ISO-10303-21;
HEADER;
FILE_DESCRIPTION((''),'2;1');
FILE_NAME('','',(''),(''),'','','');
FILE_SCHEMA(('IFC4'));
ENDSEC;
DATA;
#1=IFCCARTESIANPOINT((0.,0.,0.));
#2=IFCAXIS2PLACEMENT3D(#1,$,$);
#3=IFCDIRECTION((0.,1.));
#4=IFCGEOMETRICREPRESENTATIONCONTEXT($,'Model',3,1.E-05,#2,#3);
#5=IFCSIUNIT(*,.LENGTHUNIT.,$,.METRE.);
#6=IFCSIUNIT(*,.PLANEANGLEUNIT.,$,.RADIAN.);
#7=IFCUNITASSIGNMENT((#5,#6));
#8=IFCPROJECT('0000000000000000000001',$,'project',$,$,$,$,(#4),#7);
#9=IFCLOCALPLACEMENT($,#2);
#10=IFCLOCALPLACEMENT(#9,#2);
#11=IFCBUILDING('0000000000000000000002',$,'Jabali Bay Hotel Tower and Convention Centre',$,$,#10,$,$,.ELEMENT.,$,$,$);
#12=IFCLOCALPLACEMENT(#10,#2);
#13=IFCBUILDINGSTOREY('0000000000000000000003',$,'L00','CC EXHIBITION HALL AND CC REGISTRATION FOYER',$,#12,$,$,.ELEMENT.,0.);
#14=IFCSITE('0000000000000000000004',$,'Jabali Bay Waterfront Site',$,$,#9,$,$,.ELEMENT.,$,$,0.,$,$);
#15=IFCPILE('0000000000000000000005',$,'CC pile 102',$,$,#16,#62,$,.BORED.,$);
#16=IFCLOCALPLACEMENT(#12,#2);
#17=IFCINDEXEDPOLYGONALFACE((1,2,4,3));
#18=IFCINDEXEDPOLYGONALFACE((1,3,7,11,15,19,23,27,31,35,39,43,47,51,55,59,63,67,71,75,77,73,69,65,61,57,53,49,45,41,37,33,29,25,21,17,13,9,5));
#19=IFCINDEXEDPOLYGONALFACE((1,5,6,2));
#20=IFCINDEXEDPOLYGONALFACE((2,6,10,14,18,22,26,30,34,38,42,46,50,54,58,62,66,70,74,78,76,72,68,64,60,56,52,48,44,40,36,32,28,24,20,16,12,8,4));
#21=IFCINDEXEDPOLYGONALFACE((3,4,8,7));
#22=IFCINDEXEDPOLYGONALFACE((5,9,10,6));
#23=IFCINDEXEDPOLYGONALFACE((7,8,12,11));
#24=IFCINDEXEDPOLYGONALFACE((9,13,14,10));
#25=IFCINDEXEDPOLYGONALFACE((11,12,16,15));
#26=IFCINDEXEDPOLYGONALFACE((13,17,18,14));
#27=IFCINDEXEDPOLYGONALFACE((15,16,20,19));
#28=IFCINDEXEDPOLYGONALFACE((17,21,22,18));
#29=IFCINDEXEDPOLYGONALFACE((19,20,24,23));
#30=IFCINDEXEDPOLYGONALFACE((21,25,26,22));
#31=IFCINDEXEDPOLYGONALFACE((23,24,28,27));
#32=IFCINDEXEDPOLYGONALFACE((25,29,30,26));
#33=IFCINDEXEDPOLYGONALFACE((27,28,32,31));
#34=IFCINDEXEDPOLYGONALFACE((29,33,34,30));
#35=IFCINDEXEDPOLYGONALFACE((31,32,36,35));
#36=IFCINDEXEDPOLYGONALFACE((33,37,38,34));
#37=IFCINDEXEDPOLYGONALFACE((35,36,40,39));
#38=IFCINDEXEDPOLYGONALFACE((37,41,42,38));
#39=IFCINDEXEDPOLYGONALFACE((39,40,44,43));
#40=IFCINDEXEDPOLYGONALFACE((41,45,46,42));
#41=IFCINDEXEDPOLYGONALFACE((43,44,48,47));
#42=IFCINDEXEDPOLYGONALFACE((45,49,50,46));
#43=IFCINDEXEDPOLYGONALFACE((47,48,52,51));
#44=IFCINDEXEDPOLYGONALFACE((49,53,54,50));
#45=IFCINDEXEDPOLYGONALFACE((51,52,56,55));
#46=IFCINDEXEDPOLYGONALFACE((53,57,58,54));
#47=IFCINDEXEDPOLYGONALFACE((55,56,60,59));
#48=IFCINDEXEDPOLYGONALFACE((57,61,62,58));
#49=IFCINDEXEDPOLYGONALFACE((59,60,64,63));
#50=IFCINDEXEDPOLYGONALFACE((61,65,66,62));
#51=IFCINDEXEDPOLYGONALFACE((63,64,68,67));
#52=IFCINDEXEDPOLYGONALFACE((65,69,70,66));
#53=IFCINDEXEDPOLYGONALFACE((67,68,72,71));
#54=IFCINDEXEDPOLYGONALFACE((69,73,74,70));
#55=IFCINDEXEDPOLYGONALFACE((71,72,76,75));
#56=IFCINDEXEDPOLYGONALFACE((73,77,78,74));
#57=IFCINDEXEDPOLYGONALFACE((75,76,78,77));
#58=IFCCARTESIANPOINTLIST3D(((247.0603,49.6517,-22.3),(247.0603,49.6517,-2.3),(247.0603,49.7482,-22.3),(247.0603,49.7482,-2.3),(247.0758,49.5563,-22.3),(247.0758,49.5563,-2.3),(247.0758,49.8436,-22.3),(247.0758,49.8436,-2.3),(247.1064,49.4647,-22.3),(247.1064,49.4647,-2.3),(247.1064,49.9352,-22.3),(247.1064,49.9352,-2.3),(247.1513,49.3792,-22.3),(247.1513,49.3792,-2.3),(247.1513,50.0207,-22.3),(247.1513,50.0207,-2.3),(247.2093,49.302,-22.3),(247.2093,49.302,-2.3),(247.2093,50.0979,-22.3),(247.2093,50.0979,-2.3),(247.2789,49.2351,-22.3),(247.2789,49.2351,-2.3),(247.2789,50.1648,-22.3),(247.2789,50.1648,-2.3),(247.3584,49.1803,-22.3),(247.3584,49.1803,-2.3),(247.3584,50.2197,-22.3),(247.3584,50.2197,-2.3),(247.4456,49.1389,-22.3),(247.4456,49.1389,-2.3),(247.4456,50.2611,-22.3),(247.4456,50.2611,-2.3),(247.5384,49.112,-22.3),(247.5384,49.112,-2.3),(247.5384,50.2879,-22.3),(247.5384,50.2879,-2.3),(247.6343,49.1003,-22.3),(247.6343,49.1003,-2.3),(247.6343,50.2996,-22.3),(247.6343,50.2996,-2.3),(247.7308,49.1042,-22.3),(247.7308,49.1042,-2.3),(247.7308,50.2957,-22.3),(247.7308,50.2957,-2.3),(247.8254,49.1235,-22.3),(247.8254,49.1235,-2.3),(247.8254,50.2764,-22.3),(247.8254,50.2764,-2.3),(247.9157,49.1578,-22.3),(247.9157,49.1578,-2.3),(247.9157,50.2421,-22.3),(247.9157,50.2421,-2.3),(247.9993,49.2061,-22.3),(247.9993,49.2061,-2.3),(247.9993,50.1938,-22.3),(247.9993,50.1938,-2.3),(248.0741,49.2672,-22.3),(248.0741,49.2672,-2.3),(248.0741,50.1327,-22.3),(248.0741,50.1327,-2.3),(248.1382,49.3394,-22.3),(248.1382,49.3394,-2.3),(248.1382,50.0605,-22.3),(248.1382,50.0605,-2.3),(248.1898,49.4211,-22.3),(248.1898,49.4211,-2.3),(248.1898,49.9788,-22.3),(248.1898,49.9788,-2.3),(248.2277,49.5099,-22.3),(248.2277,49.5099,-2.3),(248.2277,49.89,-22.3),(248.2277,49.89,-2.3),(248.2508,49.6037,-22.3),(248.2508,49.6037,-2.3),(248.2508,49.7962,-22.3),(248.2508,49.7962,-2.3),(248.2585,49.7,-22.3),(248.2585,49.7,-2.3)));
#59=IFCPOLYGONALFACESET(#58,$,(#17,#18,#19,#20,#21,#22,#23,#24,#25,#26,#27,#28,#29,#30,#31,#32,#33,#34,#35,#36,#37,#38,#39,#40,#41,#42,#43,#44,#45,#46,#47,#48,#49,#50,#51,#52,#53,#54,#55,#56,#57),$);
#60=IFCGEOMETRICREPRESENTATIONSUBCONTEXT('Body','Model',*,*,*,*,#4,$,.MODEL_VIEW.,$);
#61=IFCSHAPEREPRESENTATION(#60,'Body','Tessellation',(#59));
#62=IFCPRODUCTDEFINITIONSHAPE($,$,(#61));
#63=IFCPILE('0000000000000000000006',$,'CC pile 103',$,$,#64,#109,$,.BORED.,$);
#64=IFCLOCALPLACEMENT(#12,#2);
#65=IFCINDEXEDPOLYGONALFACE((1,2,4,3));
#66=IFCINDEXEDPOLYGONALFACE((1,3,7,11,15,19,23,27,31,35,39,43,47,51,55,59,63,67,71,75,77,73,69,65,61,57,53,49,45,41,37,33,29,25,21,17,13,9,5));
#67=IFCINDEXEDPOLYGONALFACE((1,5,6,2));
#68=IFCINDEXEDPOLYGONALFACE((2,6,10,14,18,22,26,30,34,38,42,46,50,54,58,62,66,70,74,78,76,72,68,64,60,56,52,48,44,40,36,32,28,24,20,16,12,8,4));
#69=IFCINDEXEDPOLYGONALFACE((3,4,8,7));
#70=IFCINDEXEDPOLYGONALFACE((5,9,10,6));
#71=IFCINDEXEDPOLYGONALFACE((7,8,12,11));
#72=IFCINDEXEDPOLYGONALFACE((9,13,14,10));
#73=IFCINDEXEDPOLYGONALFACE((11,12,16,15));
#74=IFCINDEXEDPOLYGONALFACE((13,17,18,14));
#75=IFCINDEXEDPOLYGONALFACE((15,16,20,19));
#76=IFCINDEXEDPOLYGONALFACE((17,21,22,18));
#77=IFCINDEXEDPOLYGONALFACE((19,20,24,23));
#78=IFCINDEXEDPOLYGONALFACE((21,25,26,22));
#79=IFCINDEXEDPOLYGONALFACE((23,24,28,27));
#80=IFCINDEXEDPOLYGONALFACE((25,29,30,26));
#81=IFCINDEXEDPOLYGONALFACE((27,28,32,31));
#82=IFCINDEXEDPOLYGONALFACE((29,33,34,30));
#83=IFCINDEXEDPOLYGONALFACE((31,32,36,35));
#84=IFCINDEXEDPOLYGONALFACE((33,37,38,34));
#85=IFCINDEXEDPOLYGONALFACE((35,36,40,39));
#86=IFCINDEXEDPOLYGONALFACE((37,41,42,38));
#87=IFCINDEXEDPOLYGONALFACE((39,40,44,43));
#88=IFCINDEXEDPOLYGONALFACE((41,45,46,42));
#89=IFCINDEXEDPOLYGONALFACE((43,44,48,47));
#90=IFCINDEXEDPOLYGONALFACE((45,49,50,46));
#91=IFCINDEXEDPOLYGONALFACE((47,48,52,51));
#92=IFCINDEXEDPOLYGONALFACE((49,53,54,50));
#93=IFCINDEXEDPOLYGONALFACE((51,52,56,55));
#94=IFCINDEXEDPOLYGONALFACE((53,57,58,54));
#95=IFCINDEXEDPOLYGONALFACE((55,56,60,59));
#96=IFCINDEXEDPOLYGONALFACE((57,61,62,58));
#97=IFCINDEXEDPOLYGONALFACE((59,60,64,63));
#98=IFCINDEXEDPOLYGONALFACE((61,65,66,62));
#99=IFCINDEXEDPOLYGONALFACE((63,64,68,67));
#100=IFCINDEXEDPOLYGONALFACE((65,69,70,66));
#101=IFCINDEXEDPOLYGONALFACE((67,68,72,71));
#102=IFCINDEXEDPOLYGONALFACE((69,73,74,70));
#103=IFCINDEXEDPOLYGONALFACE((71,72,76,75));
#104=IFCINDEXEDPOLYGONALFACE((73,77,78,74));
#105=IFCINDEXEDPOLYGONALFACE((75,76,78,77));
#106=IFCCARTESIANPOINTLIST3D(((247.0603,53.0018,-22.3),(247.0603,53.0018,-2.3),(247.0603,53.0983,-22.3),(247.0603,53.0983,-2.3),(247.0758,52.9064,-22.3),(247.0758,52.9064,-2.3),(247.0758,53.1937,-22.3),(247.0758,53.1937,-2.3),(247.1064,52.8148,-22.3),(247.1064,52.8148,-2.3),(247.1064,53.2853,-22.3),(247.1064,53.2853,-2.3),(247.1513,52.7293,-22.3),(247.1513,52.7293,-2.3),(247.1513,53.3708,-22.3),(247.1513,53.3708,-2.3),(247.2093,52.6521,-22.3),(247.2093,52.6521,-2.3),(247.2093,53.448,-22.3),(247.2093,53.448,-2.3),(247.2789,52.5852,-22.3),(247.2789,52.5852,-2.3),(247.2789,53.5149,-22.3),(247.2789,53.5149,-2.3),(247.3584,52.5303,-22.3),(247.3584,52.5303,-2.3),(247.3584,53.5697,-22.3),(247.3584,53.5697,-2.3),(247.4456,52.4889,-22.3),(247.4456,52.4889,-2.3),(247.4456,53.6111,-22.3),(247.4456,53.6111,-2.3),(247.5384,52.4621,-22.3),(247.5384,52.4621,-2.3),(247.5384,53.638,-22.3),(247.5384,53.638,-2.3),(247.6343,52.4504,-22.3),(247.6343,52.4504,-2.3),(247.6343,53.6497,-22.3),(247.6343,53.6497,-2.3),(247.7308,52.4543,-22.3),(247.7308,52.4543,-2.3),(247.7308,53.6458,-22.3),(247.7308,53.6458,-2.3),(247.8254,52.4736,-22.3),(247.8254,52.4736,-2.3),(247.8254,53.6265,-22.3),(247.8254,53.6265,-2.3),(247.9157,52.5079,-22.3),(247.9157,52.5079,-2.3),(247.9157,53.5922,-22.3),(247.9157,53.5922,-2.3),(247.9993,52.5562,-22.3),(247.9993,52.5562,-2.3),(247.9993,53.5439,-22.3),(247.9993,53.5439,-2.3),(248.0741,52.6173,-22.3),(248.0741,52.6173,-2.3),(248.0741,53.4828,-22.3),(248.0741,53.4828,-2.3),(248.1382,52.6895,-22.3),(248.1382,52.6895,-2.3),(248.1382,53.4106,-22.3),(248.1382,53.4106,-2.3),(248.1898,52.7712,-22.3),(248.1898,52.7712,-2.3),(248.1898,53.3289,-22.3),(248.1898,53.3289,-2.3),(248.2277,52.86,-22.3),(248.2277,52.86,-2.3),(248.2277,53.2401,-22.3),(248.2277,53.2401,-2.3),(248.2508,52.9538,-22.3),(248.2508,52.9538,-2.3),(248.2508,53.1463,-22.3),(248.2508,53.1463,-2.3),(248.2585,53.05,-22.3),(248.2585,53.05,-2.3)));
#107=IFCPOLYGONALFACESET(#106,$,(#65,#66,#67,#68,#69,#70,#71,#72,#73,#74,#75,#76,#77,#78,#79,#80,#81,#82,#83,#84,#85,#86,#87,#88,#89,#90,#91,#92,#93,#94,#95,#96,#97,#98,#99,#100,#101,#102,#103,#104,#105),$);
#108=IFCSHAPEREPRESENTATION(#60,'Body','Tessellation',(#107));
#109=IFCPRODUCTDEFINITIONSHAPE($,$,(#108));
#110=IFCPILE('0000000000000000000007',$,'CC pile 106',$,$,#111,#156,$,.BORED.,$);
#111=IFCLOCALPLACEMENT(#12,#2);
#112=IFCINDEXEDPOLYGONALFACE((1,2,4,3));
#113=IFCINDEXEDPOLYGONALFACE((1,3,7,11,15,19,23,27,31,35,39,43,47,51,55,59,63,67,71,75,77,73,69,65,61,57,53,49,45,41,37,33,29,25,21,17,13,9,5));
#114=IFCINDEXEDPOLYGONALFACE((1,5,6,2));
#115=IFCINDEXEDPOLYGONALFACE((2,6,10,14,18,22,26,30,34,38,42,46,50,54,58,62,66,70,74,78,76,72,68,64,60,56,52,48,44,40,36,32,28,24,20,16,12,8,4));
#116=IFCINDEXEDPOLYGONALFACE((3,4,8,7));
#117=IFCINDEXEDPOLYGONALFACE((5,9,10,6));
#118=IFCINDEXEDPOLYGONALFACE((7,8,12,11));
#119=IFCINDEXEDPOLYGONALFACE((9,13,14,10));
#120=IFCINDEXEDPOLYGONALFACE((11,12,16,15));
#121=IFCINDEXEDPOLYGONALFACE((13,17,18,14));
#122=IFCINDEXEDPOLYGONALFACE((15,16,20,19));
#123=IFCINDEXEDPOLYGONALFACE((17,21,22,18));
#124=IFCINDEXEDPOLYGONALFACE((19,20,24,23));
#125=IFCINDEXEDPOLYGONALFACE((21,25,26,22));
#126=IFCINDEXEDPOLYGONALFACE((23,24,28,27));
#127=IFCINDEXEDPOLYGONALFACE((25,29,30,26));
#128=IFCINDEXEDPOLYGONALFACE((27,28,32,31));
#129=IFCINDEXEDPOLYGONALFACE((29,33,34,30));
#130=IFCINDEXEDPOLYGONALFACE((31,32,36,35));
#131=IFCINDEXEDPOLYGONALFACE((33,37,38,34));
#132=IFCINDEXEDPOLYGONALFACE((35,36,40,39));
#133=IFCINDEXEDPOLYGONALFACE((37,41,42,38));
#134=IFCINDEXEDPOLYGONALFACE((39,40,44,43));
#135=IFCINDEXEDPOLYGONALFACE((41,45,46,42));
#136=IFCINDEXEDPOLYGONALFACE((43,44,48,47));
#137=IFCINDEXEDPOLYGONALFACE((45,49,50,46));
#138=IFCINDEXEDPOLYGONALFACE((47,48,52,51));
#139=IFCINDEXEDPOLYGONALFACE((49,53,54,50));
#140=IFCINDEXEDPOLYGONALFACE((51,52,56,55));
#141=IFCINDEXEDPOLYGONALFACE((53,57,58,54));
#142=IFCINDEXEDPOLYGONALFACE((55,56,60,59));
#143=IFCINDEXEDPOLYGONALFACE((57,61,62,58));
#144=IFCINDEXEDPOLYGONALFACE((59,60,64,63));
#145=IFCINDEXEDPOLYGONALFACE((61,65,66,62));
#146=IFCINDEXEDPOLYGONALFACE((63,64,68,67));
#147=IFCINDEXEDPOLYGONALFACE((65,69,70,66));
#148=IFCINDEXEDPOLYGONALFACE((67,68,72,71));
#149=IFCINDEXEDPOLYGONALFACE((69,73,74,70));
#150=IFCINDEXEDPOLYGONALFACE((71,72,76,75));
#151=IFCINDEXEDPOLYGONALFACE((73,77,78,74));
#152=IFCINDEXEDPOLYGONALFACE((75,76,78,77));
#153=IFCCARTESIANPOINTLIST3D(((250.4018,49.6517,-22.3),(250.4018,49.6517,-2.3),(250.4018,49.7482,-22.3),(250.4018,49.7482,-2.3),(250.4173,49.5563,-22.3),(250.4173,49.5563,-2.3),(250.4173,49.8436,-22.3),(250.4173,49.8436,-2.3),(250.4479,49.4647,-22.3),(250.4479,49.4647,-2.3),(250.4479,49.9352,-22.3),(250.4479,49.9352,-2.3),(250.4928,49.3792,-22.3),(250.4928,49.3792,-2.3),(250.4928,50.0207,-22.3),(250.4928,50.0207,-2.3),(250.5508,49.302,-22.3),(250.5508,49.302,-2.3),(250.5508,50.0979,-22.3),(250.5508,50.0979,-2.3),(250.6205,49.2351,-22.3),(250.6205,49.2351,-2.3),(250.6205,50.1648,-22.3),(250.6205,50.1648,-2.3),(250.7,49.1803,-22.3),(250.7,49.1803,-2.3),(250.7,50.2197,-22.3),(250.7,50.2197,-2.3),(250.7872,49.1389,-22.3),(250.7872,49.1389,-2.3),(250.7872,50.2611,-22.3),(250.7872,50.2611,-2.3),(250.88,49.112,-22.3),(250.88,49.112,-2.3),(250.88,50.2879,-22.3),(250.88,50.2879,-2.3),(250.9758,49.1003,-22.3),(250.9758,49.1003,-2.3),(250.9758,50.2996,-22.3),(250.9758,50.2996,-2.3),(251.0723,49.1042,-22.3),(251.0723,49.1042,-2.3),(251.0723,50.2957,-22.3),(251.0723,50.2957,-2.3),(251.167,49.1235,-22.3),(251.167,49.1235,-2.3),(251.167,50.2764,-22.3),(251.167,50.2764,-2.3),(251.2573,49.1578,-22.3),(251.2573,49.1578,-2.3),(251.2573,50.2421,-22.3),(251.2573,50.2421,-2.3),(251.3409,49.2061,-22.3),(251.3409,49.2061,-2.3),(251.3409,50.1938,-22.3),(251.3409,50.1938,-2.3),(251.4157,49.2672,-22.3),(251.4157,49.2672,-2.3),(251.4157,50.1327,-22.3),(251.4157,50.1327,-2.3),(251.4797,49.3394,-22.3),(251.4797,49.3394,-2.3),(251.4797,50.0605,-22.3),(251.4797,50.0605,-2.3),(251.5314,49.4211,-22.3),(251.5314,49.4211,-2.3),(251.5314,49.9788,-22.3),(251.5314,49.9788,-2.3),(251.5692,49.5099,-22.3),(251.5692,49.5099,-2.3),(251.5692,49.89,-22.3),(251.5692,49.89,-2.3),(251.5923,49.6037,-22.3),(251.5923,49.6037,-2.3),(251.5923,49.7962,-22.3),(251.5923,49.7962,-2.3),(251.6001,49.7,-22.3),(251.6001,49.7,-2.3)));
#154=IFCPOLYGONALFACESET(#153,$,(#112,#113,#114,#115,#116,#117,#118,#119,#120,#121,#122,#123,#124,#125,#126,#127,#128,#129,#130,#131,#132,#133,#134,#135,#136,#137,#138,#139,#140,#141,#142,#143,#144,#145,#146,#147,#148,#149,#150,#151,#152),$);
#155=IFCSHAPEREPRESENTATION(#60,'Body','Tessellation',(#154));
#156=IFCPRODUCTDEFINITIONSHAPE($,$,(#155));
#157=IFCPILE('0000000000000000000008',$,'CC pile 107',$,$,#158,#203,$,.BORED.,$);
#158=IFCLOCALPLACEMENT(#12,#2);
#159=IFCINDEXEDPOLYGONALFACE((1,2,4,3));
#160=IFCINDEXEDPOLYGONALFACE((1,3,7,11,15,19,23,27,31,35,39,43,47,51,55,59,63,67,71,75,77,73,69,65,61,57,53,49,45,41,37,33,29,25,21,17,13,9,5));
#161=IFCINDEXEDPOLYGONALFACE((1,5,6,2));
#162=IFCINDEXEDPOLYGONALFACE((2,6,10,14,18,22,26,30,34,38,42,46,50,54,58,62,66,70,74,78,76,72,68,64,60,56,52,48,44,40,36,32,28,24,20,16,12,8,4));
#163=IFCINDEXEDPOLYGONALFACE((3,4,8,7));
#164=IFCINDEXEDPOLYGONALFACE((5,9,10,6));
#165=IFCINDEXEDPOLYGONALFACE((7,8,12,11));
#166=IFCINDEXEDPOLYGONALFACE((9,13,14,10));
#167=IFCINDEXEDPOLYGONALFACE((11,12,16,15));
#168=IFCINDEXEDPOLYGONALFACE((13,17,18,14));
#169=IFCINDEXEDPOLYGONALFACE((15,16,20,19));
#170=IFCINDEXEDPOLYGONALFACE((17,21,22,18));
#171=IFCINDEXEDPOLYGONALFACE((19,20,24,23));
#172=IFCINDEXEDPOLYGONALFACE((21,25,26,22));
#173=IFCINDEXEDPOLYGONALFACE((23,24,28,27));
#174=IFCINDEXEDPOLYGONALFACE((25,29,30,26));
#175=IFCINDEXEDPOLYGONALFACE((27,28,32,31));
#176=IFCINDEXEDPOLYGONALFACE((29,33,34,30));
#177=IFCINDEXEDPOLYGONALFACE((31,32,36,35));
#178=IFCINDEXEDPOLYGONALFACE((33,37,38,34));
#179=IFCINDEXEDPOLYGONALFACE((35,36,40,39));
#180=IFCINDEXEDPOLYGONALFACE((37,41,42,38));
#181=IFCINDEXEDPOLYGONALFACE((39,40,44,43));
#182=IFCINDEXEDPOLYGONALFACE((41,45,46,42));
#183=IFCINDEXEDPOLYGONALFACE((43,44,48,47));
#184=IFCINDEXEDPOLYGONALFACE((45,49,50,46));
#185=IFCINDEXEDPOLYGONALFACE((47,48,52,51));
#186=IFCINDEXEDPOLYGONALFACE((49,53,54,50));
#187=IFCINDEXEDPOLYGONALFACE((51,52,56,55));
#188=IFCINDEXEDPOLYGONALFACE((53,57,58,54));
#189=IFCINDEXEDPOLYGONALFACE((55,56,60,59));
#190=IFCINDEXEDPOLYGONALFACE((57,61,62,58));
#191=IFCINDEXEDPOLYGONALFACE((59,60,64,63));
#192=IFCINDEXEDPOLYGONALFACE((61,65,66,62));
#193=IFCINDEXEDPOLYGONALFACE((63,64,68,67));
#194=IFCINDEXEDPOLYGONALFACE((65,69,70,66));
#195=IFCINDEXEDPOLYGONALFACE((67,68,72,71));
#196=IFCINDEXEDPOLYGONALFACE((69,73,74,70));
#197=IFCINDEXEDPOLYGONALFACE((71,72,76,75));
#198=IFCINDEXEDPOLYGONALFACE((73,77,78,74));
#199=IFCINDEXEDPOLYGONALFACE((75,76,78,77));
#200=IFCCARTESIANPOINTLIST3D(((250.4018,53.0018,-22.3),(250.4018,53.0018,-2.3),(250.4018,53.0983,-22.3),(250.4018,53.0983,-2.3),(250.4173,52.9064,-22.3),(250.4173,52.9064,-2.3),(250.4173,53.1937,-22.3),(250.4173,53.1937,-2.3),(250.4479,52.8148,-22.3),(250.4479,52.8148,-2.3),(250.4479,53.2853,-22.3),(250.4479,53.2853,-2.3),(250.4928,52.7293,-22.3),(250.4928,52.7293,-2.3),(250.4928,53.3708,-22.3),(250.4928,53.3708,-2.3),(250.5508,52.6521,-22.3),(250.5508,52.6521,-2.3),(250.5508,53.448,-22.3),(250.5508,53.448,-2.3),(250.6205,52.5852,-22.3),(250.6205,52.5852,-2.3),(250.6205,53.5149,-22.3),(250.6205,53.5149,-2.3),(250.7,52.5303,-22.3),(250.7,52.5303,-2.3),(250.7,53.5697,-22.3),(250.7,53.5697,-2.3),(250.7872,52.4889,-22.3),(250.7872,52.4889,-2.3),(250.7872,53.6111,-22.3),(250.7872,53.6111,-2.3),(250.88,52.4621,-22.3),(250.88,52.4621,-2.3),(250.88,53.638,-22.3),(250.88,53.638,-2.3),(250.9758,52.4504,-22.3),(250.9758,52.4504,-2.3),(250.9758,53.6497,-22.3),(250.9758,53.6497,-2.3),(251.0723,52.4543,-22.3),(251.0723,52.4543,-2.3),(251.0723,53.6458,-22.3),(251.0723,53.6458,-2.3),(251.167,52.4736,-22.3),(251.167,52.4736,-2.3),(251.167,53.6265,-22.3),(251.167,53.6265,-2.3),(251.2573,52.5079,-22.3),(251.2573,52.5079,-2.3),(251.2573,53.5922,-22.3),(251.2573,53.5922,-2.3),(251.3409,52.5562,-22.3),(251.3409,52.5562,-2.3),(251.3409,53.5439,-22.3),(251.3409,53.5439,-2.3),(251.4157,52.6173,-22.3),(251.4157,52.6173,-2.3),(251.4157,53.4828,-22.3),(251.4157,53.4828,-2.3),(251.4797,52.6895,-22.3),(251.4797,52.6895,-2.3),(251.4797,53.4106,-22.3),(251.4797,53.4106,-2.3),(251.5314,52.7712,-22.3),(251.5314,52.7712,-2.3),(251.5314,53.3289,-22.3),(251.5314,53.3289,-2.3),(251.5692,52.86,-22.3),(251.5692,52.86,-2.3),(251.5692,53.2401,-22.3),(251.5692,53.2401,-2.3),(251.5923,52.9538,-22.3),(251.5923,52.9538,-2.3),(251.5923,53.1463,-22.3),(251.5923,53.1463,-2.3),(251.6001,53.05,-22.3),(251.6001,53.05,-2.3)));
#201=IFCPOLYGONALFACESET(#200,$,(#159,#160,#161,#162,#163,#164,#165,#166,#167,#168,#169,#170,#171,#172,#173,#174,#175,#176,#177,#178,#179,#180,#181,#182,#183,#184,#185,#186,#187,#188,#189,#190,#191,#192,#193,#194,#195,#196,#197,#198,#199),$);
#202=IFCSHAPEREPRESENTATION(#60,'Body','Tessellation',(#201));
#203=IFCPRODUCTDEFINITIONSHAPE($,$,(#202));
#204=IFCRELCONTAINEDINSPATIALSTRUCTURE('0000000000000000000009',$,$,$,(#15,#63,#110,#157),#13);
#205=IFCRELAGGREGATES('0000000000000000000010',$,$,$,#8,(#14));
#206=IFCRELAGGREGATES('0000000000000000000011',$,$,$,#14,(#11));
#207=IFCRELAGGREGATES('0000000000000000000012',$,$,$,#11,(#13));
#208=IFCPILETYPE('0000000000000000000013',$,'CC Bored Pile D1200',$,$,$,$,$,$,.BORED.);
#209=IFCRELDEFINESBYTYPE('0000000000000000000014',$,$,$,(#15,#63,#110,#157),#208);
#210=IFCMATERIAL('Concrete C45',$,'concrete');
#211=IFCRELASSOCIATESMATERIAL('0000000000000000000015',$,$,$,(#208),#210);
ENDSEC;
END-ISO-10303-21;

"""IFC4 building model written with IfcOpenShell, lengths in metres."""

from ifc_helpers import new_model, si_unit, direction, frame, origin, origin_2d, place, context, subcontext, project, spatial, circle, extrude, material, material_profile, profile_set, type_object, element, save


model = new_model("IFC4")

# Units and contexts
model_context = context("Model", 3, precision=1e-05, world=origin(), true_north=direction((0.0, 1.0)))
body_context = subcontext(model_context, "Body", "Model", "MODEL_VIEW")
ifc_project = project(units=[si_unit("LENGTHUNIT", "METRE"), si_unit("PLANEANGLEUNIT", "RADIAN")], contexts=[model_context])

# Site, building, storey
site_placement = place(None, origin())
site = spatial("IfcSite", under=ifc_project, at=site_placement, Name="Jabali Bay Waterfront Site", CompositionType="ELEMENT", RefElevation=0.0)
building_placement = place(site_placement, origin())
building = spatial("IfcBuilding", under=site, at=building_placement, Name="Jabali Bay Hotel Tower and Convention Centre", CompositionType="ELEMENT")
storey_placement = place(building_placement, origin())
storey = spatial("IfcBuildingStorey", under=building, at=storey_placement, Name="L00", Description="CC EXHIBITION HALL AND CC REGISTRATION FOYER", CompositionType="ELEMENT", Elevation=0.0)

# Piles
ifc_material_1 = material(Name="Concrete C45", Category="concrete")
ifc_material_profile = material_profile(ifc_material_1, circle(Radius=0.6001, at=origin_2d()), Name="D1200")
ifc_profile_set = profile_set([ifc_material_profile], Name="Concrete C45")
pile_type = type_object("IfcPileType", Name="CC Bored Pile D1200", PredefinedType="BORED", material=ifc_profile_set)
for number, where, z_axis, x_axis, name in (
    (1, (247.6584, 49.7, -2.3), (0.0, 0.0, -1.0), (1.0, 0.0, 0.0), "CC pile 102"),
    (2, (247.6584, 53.05, -2.3), (0.0, 0.0, -1.0), (1.0, 0.0, 0.0), "CC pile 103"),
    (3, (251.0, 49.7, -2.3), (0.0, 0.0, -1.0), (1.0, 0.0, 0.0), "CC pile 106"),
    (4, (251.0, 53.05, -2.3), (0.0, 0.0, -1.0), (1.0, 0.0, 0.0), "CC pile 107"),
):
    element("IfcPile", number, at=place(storey_placement, frame(where, z_axis=z_axis, x_axis=x_axis)), inside=storey, type_object=pile_type, Name=name, PredefinedType="BORED", context=body_context, shape_type="SweptSolid", body=[
        extrude(circle(Radius=0.6001, at=origin_2d()), origin(), (0.0, 0.0, 1.0), 20.0),
    ])

save(model, "model.ifc")
